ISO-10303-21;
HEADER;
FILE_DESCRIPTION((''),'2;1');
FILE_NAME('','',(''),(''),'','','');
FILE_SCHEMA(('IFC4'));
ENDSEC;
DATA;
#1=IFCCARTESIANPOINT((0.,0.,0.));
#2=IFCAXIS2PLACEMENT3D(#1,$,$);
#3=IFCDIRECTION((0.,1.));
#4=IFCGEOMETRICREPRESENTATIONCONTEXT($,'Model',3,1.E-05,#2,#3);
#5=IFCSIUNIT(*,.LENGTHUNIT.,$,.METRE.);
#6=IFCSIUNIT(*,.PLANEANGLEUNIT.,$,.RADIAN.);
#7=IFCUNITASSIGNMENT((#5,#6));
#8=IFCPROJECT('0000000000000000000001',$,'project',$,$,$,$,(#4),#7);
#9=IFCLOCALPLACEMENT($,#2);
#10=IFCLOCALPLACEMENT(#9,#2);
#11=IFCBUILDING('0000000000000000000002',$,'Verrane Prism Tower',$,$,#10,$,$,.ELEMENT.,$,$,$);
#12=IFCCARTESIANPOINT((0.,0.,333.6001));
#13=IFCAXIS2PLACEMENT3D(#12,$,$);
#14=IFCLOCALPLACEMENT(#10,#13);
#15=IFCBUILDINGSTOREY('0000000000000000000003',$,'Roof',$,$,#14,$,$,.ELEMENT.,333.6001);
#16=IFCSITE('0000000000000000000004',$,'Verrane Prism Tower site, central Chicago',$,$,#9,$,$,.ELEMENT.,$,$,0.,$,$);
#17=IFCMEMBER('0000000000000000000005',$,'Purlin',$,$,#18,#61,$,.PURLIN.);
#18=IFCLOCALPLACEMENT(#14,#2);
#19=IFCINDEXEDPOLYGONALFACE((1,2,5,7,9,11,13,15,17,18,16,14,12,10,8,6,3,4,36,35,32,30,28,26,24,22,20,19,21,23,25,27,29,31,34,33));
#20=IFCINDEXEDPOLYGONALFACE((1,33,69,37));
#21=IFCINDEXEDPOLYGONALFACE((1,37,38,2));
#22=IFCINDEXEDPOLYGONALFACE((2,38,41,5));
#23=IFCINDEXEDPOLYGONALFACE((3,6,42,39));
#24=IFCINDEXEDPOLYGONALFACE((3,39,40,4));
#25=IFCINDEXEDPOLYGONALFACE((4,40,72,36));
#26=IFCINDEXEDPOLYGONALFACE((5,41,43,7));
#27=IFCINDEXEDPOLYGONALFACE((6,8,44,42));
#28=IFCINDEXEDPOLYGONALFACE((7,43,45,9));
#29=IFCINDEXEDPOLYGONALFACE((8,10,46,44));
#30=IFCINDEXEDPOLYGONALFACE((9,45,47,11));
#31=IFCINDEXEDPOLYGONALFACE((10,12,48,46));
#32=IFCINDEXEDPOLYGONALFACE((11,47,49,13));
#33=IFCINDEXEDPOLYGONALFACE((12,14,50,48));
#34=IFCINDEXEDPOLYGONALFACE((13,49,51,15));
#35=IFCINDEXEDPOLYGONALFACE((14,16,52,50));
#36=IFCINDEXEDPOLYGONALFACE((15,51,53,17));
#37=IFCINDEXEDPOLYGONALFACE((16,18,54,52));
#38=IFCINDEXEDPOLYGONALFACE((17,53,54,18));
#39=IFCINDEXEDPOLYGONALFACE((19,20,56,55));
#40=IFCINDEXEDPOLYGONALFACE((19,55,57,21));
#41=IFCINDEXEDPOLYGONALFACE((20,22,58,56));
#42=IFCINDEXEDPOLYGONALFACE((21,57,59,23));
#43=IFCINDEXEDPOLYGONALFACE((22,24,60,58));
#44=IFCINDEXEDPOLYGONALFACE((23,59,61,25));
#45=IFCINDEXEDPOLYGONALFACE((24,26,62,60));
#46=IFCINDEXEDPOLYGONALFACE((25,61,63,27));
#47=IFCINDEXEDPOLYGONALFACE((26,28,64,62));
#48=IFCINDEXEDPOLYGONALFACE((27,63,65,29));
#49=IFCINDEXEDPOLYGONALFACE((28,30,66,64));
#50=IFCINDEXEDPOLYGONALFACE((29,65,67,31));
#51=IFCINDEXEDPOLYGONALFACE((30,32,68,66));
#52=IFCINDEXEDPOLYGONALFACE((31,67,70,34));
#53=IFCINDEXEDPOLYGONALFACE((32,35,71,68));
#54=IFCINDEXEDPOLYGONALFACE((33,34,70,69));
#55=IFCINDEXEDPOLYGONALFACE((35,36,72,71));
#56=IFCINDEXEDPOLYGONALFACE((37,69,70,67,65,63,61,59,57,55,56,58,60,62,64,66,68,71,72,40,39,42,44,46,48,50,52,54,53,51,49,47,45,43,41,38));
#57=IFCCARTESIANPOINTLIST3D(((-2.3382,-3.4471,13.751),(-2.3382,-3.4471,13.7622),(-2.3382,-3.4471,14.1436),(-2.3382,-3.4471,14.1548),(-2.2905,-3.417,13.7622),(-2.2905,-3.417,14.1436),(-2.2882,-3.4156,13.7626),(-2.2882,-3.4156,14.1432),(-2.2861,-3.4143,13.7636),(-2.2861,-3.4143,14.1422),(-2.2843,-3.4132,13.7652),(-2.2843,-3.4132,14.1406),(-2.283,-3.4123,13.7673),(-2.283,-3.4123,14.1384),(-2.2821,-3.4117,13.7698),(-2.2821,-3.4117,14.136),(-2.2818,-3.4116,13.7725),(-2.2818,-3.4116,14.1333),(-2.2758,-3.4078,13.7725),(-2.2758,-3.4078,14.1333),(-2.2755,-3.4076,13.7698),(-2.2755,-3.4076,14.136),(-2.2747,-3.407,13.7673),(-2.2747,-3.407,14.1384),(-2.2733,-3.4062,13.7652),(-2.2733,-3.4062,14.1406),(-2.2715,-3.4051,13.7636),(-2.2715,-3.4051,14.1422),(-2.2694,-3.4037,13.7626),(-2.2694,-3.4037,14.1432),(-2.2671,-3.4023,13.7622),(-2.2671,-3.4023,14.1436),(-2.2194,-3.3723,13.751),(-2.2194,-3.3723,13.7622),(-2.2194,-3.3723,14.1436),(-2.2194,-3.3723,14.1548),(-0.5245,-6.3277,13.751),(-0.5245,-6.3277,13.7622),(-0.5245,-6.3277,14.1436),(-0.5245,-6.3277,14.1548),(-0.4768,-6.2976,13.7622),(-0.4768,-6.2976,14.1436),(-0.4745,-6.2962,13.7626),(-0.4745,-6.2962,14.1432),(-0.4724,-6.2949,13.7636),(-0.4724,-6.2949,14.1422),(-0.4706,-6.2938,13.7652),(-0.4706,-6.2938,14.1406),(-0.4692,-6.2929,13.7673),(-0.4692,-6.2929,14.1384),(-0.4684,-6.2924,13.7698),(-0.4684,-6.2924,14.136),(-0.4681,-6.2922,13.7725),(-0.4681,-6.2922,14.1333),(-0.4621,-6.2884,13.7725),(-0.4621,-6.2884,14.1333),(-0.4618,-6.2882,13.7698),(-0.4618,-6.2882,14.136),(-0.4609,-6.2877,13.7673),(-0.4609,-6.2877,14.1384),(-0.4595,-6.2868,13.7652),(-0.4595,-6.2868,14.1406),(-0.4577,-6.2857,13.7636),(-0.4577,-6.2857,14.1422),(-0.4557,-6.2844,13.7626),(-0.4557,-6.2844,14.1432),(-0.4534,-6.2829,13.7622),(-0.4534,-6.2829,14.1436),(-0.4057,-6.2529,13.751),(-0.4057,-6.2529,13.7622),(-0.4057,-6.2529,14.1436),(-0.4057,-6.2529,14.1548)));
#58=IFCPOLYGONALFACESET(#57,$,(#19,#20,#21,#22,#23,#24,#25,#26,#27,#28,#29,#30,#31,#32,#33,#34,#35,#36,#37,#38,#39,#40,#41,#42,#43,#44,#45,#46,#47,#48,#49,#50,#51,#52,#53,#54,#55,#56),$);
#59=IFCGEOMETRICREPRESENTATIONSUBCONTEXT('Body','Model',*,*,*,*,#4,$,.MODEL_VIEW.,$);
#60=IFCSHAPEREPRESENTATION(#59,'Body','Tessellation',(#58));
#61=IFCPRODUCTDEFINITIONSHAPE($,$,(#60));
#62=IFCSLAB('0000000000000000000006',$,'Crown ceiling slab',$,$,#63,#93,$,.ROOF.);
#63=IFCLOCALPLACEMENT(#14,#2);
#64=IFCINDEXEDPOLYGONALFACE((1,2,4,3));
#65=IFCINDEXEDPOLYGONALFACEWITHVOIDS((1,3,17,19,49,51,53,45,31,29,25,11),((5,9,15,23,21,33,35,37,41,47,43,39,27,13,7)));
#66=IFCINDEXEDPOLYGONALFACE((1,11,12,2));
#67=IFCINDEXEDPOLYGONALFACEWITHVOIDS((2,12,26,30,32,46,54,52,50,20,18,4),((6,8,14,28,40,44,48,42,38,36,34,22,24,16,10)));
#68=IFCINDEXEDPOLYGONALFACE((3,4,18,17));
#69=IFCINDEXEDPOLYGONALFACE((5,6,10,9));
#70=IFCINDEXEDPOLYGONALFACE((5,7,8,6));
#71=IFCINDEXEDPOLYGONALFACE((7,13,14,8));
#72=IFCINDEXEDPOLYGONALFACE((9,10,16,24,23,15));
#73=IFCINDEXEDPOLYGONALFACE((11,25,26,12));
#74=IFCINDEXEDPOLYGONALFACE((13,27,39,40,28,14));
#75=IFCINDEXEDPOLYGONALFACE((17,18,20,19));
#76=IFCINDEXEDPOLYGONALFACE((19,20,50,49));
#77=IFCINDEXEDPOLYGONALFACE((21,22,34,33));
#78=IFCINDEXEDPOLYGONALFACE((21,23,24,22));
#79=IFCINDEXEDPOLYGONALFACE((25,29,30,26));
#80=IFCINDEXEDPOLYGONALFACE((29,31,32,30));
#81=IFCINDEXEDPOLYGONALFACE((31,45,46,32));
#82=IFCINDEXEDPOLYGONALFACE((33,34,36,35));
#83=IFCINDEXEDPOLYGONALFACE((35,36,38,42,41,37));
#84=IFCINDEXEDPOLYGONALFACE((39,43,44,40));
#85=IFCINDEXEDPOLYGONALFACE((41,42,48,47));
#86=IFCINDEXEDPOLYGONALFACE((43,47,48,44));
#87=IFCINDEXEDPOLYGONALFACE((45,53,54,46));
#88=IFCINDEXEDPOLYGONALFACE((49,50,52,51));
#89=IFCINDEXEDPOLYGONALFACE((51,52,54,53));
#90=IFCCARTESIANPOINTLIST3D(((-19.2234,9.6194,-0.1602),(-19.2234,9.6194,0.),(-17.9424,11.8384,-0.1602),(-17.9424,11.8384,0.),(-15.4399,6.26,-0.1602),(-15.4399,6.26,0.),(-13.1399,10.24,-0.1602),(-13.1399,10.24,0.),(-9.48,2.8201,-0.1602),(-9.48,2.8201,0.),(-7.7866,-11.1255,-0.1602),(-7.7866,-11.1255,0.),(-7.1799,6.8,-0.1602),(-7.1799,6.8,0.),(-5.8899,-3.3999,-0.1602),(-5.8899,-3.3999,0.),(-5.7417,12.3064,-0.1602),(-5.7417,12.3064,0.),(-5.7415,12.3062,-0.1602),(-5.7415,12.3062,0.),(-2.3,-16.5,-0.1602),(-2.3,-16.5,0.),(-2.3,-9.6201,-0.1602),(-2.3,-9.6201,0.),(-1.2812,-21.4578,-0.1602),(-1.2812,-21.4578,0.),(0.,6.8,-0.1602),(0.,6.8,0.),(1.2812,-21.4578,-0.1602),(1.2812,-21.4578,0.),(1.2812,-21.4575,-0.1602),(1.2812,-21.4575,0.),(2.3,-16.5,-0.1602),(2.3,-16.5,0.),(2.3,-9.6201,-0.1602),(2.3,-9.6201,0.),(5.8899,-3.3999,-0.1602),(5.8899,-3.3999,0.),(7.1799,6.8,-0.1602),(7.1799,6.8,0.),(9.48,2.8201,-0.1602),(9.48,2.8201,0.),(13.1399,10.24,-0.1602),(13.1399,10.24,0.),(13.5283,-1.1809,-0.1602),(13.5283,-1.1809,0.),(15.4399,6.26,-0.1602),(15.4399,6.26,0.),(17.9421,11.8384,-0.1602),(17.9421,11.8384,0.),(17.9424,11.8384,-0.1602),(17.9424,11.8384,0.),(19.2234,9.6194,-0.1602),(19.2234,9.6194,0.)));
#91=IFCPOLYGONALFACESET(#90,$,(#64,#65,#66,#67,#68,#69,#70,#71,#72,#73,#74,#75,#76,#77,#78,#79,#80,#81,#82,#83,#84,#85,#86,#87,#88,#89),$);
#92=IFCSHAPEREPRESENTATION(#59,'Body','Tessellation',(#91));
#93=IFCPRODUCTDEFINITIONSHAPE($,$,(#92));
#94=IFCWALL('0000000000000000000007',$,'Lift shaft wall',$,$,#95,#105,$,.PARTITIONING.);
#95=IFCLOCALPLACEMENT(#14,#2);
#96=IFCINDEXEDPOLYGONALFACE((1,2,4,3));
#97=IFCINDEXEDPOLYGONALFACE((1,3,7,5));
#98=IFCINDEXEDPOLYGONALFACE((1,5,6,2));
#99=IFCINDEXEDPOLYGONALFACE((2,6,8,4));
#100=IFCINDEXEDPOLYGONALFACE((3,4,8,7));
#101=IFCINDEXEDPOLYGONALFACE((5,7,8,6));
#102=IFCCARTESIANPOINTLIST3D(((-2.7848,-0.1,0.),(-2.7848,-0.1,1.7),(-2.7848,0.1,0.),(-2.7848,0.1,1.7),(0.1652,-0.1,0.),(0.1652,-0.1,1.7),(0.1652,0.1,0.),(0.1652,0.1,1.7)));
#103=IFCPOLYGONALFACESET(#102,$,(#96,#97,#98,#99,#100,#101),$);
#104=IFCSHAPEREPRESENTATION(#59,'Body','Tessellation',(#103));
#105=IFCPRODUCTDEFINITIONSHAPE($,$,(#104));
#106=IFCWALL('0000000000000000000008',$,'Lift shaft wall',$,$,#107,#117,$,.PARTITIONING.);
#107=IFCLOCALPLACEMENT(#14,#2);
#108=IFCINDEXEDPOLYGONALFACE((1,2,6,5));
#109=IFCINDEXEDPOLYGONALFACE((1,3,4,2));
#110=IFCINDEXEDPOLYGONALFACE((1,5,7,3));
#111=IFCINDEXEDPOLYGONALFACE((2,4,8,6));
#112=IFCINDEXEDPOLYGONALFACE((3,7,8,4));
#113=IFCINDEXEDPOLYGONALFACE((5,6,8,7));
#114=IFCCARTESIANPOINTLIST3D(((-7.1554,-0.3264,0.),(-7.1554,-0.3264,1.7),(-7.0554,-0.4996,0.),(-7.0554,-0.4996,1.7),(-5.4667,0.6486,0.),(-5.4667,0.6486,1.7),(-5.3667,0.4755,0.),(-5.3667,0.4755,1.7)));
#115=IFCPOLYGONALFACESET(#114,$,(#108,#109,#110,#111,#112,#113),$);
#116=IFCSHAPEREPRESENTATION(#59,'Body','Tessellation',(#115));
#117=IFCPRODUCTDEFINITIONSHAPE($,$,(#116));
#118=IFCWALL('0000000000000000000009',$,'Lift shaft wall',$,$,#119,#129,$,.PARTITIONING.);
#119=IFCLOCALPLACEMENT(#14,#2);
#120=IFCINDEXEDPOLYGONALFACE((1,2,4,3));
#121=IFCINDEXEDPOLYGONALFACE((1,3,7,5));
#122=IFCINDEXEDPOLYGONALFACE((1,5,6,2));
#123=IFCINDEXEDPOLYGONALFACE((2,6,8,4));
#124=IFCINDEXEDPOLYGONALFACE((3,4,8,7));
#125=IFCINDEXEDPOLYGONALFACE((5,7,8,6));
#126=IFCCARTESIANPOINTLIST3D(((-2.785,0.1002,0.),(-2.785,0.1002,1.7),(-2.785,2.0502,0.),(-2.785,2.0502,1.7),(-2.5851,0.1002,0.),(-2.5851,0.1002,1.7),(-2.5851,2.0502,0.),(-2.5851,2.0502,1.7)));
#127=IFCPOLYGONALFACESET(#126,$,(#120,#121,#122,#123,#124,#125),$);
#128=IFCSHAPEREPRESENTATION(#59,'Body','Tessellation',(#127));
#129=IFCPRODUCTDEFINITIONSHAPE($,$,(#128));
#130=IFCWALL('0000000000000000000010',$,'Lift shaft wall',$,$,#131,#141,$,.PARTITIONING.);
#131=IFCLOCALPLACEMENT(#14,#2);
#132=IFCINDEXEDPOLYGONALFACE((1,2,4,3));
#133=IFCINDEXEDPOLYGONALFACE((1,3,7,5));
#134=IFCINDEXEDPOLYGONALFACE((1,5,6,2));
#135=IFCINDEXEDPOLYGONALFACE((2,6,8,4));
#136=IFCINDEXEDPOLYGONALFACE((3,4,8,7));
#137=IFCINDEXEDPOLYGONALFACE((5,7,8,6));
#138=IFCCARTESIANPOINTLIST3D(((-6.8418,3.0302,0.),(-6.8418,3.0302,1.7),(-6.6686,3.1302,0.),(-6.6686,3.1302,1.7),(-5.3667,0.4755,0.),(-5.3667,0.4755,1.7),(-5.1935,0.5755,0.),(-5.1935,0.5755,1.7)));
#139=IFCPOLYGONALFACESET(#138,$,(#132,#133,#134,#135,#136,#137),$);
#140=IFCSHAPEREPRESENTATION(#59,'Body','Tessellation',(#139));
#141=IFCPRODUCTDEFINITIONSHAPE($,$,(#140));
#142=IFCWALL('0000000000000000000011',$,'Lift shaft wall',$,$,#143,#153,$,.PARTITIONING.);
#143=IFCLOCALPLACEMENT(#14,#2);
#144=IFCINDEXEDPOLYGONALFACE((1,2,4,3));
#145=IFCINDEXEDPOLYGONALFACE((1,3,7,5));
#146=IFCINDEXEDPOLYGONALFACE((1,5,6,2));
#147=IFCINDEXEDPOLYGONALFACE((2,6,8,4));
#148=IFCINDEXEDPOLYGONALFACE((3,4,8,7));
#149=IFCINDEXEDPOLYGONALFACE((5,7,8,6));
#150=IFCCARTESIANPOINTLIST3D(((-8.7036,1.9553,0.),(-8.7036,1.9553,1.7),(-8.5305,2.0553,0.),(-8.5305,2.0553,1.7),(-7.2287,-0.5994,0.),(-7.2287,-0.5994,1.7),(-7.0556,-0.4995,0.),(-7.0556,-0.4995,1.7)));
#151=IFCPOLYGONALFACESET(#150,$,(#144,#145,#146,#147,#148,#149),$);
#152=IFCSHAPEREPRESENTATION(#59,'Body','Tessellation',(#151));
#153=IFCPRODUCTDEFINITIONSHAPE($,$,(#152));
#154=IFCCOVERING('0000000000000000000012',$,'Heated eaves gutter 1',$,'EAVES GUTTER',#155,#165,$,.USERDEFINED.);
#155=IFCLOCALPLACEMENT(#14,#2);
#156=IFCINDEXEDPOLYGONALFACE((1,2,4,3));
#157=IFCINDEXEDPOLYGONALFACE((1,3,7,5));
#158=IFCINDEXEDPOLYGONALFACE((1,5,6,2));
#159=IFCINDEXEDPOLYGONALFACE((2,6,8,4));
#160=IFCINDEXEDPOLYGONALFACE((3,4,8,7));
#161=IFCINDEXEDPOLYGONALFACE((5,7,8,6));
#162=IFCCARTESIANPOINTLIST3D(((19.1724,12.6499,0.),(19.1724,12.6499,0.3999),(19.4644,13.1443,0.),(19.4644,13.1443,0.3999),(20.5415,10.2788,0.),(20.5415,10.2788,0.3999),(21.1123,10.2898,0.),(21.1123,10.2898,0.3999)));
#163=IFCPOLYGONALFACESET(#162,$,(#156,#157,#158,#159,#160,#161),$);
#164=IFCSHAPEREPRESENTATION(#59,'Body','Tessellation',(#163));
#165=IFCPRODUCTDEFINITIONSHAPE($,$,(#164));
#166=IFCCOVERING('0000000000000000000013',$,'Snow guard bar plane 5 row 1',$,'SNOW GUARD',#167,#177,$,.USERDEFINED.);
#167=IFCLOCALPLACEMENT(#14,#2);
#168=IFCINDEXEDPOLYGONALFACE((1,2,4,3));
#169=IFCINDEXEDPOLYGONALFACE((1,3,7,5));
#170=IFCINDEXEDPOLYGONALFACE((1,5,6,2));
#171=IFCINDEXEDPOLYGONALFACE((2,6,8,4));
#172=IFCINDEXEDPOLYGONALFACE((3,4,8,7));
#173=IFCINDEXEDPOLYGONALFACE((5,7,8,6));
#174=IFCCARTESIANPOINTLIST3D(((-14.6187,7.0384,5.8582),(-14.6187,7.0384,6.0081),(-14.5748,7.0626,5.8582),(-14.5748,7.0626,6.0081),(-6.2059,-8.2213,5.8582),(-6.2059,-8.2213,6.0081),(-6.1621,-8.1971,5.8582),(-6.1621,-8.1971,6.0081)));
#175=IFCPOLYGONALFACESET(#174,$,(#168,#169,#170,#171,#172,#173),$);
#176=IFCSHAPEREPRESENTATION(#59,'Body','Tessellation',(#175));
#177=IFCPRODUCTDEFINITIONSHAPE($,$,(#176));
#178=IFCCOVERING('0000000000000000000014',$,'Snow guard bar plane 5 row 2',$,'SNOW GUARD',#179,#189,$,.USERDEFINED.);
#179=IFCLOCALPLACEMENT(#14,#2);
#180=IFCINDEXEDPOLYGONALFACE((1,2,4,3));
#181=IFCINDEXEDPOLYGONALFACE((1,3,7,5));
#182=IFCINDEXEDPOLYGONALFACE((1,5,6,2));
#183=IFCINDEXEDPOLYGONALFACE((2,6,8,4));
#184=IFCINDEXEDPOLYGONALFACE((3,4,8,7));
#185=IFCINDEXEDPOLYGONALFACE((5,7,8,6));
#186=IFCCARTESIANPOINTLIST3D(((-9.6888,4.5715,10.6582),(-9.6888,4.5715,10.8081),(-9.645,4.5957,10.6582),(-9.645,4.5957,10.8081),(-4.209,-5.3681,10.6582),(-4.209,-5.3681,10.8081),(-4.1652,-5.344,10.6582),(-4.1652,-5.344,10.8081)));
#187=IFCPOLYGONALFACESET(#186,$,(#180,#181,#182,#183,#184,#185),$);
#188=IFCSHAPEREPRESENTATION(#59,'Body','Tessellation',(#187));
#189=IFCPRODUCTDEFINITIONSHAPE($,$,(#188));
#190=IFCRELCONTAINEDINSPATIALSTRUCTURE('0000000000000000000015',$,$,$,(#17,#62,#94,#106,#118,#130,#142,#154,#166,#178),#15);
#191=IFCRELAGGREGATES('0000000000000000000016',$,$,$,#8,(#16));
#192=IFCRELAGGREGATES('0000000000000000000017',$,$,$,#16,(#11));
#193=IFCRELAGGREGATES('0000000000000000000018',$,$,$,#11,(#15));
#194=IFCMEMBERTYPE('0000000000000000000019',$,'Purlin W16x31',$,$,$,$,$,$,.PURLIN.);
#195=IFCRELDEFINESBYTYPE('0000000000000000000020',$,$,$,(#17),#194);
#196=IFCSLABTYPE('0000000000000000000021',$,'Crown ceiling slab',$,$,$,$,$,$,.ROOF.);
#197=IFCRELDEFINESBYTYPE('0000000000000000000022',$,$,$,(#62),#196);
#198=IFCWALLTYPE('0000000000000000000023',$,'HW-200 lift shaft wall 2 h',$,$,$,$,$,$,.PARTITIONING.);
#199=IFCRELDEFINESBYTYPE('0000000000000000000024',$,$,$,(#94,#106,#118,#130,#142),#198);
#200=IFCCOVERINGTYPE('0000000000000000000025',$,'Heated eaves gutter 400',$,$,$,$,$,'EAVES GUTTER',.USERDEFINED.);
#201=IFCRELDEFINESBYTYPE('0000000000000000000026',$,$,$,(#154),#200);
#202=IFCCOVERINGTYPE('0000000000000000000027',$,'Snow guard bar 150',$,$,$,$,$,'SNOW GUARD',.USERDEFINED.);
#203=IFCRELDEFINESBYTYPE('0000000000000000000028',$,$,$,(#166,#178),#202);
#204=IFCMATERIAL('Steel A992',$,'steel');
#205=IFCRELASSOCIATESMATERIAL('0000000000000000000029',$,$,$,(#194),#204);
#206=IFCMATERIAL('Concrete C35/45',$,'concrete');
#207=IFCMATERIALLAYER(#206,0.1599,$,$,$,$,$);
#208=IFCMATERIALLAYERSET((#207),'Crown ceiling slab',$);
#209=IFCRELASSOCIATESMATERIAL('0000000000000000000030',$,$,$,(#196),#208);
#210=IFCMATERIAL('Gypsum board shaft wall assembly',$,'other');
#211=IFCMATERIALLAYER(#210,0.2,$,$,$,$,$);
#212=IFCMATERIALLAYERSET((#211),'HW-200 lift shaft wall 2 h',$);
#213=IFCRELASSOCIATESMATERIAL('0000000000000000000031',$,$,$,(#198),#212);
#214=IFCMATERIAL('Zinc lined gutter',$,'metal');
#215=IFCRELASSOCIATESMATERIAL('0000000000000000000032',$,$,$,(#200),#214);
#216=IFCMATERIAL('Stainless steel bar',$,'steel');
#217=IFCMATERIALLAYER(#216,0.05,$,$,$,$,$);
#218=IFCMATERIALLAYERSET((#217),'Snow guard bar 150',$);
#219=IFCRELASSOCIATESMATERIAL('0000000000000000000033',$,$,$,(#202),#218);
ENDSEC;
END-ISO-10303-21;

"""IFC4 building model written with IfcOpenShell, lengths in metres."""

from ifc_helpers import new_model, si_unit, direction, frame, frame_2d, origin, origin_2d, place, context, subcontext, project, spatial, polyline, rectangle, i_section, outline, extrude, material, layer, layer_set, material_profile, profile_set, type_object, element, save


model = new_model("IFC4")

# Units and contexts
model_context = context("Model", 3, precision=1e-05, world=origin(), true_north=direction((0.0, 1.0)))
body_context = subcontext(model_context, "Body", "Model", "MODEL_VIEW")
ifc_project = project(units=[si_unit("LENGTHUNIT", "METRE"), si_unit("PLANEANGLEUNIT", "RADIAN")], contexts=[model_context])

# Site, building, storey
site_placement = place(None, origin())
site = spatial("IfcSite", under=ifc_project, at=site_placement, Name="Verrane Prism Tower site, central Chicago", CompositionType="ELEMENT", RefElevation=0.0)
building_placement = place(site_placement, origin())
building = spatial("IfcBuilding", under=site, at=building_placement, Name="Verrane Prism Tower", CompositionType="ELEMENT")
storey_placement = place(building_placement, frame((0.0, 0.0, 333.6001)))
storey = spatial("IfcBuildingStorey", under=building, at=storey_placement, Name="Roof", CompositionType="ELEMENT", Elevation=333.6001)

# Member
ifc_material_1 = material(Name="Steel A992", Category="steel")
ifc_material_profile_1 = material_profile(ifc_material_1, i_section(OverallWidth=0.1404, OverallDepth=0.4038, WebThickness=0.0071, FlangeThickness=0.0112, FilletRadius=0.0103, at=origin_2d()), Name="W16x31")
ifc_profile_set_1 = profile_set([ifc_material_profile_1], Name="Steel A992")
member_type_1 = type_object("IfcMemberType", Name="Purlin W16x31", PredefinedType="PURLIN", material=ifc_profile_set_1)
member_1_placement = place(storey_placement, frame((-2.2788, -3.4097, 13.9529), z_axis=(0.532813, -0.846233, 0.0), x_axis=(0.846233, 0.532813, 0.0)))
element("IfcMember", 1, at=member_1_placement, inside=storey, type_object=member_type_1, Name="Purlin", PredefinedType="PURLIN", context=body_context, shape_type="SweptSolid", body=[
    extrude(i_section(OverallWidth=0.1404, OverallDepth=0.4038, WebThickness=0.0071, FlangeThickness=0.0112, FilletRadius=0.0103, at=origin_2d()), origin(), (0.0, 0.0, 1.0), 3.4041),
])

# Slab
ifc_material_2 = material(Name="Concrete C35/45", Category="concrete")
ifc_layer_1 = layer(ifc_material_2, 0.1599)
ifc_layer_set_1 = layer_set([ifc_layer_1], Name="Crown ceiling slab")
slab_type = type_object("IfcSlabType", Name="Crown ceiling slab", PredefinedType="ROOF", material=ifc_layer_set_1)
slab_placement = place(storey_placement, frame((0.0, 0.0, -0.1602)))
element("IfcSlab", 2, at=slab_placement, inside=storey, type_object=slab_type, Name="Crown ceiling slab", PredefinedType="ROOF", context=body_context, shape_type="SweptSolid", body=[
    extrude(outline(polyline([(-7.7866, -11.1255), (-7.7866, -11.1255), (-19.2234, 9.6194), (-19.2234, 9.6194), (-17.9424, 11.8384), (-17.9424, 11.8384), (-5.7417, 12.3064), (-5.7415, 12.3062), (17.9421, 11.8384), (17.9424, 11.8384), (19.2234, 9.6194), (19.2234, 9.6194), (13.5283, -1.1809), (13.5283, -1.1809), (1.2812, -21.4575), (1.2812, -21.4578), (-1.2812, -21.4578), (-1.2812, -21.4578), (-7.7866, -11.1255)]), holes=[polyline([(15.4399, 6.26), (13.1399, 10.24), (7.1799, 6.8), (0.0, 6.8), (-7.1799, 6.8), (-13.1399, 10.24), (-15.4399, 6.26), (-9.48, 2.8201), (-5.8899, -3.3999), (-2.3, -9.6201), (-2.3, -16.5), (2.3, -16.5), (2.3, -9.6201), (5.8899, -3.3999), (9.48, 2.8201), (15.4399, 6.26)])]), origin(), (0.0, 0.0, 1.0), 0.1602),
])

# Walls
ifc_material_3 = material(Name="Gypsum board shaft wall assembly", Category="other")
ifc_layer_2 = layer(ifc_material_3, 0.2)
ifc_layer_set_2 = layer_set([ifc_layer_2], Name="HW-200 lift shaft wall 2 h")
wall_type = type_object("IfcWallType", Name="HW-200 lift shaft wall 2 h", PredefinedType="PARTITIONING", material=ifc_layer_set_2)
wall_placement = place(storey_placement, frame((-2.7849, 0.0, 0.0), z_axis=(0.0, 0.0, 1.0), x_axis=(1.0, 0.0, 0.0)))
element("IfcWall", 3, at=wall_placement, inside=storey, type_object=wall_type, Name="Lift shaft wall", PredefinedType="PARTITIONING", context=body_context, shape_type="SweptSolid", body=[
    extrude(rectangle(XDim=2.95, YDim=0.2, at=frame_2d((1.4751, 0.0))), origin(), (0.0, 0.0, 1.0), 1.7),
])
for number, where, z_axis, x_axis, name in (
    (4, (-7.1055, -0.4131, 0.0), (0.0, 0.0, 1.0), (0.866, 0.500044, 0.0), "Lift shaft wall"),
    (5, (-2.6851, 0.1001, 0.0), (0.0, 0.0, 1.0), (0.0, 1.0, 0.0), "Lift shaft wall"),
):
    element("IfcWall", number, at=place(storey_placement, frame(where, z_axis=z_axis, x_axis=x_axis)), inside=storey, type_object=wall_type, Name=name, PredefinedType="PARTITIONING", context=body_context, shape_type="SweptSolid", body=[
        extrude(rectangle(XDim=1.95, YDim=0.2, at=frame_2d((0.9751, 0.0))), origin(), (0.0, 0.0, 1.0), 1.7),
    ])
for number, where, z_axis, x_axis, name in (
    (6, (-5.28, 0.5254, 0.0), (0.0, 0.0, 1.0), (-0.500038, 0.866004, 0.0), "Lift shaft wall"),
    (7, (-7.1421, -0.5496, 0.0), (0.0, 0.0, 1.0), (-0.499976, 0.866039, 0.0), "Lift shaft wall"),
):
    element("IfcWall", number, at=place(storey_placement, frame(where, z_axis=z_axis, x_axis=x_axis)), inside=storey, type_object=wall_type, Name=name, PredefinedType="PARTITIONING", context=body_context, shape_type="SweptSolid", body=[
        extrude(rectangle(XDim=2.95, YDim=0.2, at=frame_2d((1.4751, 0.0))), origin(), (0.0, 0.0, 1.0), 1.7),
    ])

# Coverings
ifc_material_4 = material(Name="Zinc lined gutter", Category="metal")
covering_type_1 = type_object("IfcCoveringType", Name="Heated eaves gutter 400", ElementType="EAVES GUTTER", PredefinedType="USERDEFINED", material=ifc_material_4)
covering_1_placement = place(storey_placement, origin())
element("IfcCovering", 8, at=covering_1_placement, inside=storey, type_object=covering_type_1, Name="Heated eaves gutter 1", ObjectType="EAVES GUTTER", PredefinedType="USERDEFINED", context=body_context, shape_type="SweptSolid", body=[
    extrude(outline(polyline([(21.1123, 10.2898), (19.4644, 13.1443), (19.1724, 12.6499), (20.5415, 10.2788), (21.1123, 10.2898)])), origin(), (0.0, 0.0, 1.0), 0.3999),
])
ifc_material_5 = material(Name="Stainless steel bar", Category="steel")
ifc_layer_3 = layer(ifc_material_5, 0.05)
ifc_layer_set_3 = layer_set([ifc_layer_3], Name="Snow guard bar 150")
covering_type_2 = type_object("IfcCoveringType", Name="Snow guard bar 150", ElementType="SNOW GUARD", PredefinedType="USERDEFINED", material=ifc_layer_set_3)
covering_2_placement = place(storey_placement, frame((-10.3904, -0.5793, 5.8582), z_axis=(0.0, 0.0, 1.0), x_axis=(0.482796, -0.875733, 0.0)))
element("IfcCovering", 9, at=covering_2_placement, inside=storey, type_object=covering_type_2, Name="Snow guard bar plane 5 row 1", ObjectType="SNOW GUARD", PredefinedType="USERDEFINED", context=body_context, shape_type="SweptSolid", body=[
    extrude(rectangle(XDim=17.425, YDim=0.05, at=origin_2d()), origin(), (0.0, 0.0, 1.0), 0.1499),
])
covering_3_placement = place(storey_placement, frame((-6.927, -0.3862, 10.6582), z_axis=(0.0, 0.0, 1.0), x_axis=(0.482796, -0.875733, 0.0)))
element("IfcCovering", 10, at=covering_3_placement, inside=storey, type_object=covering_type_2, Name="Snow guard bar plane 5 row 2", ObjectType="SNOW GUARD", PredefinedType="USERDEFINED", context=body_context, shape_type="SweptSolid", body=[
    extrude(rectangle(XDim=11.3501, YDim=0.05, at=origin_2d()), origin(), (0.0, 0.0, 1.0), 0.1499),
])

save(model, "model.ifc")
